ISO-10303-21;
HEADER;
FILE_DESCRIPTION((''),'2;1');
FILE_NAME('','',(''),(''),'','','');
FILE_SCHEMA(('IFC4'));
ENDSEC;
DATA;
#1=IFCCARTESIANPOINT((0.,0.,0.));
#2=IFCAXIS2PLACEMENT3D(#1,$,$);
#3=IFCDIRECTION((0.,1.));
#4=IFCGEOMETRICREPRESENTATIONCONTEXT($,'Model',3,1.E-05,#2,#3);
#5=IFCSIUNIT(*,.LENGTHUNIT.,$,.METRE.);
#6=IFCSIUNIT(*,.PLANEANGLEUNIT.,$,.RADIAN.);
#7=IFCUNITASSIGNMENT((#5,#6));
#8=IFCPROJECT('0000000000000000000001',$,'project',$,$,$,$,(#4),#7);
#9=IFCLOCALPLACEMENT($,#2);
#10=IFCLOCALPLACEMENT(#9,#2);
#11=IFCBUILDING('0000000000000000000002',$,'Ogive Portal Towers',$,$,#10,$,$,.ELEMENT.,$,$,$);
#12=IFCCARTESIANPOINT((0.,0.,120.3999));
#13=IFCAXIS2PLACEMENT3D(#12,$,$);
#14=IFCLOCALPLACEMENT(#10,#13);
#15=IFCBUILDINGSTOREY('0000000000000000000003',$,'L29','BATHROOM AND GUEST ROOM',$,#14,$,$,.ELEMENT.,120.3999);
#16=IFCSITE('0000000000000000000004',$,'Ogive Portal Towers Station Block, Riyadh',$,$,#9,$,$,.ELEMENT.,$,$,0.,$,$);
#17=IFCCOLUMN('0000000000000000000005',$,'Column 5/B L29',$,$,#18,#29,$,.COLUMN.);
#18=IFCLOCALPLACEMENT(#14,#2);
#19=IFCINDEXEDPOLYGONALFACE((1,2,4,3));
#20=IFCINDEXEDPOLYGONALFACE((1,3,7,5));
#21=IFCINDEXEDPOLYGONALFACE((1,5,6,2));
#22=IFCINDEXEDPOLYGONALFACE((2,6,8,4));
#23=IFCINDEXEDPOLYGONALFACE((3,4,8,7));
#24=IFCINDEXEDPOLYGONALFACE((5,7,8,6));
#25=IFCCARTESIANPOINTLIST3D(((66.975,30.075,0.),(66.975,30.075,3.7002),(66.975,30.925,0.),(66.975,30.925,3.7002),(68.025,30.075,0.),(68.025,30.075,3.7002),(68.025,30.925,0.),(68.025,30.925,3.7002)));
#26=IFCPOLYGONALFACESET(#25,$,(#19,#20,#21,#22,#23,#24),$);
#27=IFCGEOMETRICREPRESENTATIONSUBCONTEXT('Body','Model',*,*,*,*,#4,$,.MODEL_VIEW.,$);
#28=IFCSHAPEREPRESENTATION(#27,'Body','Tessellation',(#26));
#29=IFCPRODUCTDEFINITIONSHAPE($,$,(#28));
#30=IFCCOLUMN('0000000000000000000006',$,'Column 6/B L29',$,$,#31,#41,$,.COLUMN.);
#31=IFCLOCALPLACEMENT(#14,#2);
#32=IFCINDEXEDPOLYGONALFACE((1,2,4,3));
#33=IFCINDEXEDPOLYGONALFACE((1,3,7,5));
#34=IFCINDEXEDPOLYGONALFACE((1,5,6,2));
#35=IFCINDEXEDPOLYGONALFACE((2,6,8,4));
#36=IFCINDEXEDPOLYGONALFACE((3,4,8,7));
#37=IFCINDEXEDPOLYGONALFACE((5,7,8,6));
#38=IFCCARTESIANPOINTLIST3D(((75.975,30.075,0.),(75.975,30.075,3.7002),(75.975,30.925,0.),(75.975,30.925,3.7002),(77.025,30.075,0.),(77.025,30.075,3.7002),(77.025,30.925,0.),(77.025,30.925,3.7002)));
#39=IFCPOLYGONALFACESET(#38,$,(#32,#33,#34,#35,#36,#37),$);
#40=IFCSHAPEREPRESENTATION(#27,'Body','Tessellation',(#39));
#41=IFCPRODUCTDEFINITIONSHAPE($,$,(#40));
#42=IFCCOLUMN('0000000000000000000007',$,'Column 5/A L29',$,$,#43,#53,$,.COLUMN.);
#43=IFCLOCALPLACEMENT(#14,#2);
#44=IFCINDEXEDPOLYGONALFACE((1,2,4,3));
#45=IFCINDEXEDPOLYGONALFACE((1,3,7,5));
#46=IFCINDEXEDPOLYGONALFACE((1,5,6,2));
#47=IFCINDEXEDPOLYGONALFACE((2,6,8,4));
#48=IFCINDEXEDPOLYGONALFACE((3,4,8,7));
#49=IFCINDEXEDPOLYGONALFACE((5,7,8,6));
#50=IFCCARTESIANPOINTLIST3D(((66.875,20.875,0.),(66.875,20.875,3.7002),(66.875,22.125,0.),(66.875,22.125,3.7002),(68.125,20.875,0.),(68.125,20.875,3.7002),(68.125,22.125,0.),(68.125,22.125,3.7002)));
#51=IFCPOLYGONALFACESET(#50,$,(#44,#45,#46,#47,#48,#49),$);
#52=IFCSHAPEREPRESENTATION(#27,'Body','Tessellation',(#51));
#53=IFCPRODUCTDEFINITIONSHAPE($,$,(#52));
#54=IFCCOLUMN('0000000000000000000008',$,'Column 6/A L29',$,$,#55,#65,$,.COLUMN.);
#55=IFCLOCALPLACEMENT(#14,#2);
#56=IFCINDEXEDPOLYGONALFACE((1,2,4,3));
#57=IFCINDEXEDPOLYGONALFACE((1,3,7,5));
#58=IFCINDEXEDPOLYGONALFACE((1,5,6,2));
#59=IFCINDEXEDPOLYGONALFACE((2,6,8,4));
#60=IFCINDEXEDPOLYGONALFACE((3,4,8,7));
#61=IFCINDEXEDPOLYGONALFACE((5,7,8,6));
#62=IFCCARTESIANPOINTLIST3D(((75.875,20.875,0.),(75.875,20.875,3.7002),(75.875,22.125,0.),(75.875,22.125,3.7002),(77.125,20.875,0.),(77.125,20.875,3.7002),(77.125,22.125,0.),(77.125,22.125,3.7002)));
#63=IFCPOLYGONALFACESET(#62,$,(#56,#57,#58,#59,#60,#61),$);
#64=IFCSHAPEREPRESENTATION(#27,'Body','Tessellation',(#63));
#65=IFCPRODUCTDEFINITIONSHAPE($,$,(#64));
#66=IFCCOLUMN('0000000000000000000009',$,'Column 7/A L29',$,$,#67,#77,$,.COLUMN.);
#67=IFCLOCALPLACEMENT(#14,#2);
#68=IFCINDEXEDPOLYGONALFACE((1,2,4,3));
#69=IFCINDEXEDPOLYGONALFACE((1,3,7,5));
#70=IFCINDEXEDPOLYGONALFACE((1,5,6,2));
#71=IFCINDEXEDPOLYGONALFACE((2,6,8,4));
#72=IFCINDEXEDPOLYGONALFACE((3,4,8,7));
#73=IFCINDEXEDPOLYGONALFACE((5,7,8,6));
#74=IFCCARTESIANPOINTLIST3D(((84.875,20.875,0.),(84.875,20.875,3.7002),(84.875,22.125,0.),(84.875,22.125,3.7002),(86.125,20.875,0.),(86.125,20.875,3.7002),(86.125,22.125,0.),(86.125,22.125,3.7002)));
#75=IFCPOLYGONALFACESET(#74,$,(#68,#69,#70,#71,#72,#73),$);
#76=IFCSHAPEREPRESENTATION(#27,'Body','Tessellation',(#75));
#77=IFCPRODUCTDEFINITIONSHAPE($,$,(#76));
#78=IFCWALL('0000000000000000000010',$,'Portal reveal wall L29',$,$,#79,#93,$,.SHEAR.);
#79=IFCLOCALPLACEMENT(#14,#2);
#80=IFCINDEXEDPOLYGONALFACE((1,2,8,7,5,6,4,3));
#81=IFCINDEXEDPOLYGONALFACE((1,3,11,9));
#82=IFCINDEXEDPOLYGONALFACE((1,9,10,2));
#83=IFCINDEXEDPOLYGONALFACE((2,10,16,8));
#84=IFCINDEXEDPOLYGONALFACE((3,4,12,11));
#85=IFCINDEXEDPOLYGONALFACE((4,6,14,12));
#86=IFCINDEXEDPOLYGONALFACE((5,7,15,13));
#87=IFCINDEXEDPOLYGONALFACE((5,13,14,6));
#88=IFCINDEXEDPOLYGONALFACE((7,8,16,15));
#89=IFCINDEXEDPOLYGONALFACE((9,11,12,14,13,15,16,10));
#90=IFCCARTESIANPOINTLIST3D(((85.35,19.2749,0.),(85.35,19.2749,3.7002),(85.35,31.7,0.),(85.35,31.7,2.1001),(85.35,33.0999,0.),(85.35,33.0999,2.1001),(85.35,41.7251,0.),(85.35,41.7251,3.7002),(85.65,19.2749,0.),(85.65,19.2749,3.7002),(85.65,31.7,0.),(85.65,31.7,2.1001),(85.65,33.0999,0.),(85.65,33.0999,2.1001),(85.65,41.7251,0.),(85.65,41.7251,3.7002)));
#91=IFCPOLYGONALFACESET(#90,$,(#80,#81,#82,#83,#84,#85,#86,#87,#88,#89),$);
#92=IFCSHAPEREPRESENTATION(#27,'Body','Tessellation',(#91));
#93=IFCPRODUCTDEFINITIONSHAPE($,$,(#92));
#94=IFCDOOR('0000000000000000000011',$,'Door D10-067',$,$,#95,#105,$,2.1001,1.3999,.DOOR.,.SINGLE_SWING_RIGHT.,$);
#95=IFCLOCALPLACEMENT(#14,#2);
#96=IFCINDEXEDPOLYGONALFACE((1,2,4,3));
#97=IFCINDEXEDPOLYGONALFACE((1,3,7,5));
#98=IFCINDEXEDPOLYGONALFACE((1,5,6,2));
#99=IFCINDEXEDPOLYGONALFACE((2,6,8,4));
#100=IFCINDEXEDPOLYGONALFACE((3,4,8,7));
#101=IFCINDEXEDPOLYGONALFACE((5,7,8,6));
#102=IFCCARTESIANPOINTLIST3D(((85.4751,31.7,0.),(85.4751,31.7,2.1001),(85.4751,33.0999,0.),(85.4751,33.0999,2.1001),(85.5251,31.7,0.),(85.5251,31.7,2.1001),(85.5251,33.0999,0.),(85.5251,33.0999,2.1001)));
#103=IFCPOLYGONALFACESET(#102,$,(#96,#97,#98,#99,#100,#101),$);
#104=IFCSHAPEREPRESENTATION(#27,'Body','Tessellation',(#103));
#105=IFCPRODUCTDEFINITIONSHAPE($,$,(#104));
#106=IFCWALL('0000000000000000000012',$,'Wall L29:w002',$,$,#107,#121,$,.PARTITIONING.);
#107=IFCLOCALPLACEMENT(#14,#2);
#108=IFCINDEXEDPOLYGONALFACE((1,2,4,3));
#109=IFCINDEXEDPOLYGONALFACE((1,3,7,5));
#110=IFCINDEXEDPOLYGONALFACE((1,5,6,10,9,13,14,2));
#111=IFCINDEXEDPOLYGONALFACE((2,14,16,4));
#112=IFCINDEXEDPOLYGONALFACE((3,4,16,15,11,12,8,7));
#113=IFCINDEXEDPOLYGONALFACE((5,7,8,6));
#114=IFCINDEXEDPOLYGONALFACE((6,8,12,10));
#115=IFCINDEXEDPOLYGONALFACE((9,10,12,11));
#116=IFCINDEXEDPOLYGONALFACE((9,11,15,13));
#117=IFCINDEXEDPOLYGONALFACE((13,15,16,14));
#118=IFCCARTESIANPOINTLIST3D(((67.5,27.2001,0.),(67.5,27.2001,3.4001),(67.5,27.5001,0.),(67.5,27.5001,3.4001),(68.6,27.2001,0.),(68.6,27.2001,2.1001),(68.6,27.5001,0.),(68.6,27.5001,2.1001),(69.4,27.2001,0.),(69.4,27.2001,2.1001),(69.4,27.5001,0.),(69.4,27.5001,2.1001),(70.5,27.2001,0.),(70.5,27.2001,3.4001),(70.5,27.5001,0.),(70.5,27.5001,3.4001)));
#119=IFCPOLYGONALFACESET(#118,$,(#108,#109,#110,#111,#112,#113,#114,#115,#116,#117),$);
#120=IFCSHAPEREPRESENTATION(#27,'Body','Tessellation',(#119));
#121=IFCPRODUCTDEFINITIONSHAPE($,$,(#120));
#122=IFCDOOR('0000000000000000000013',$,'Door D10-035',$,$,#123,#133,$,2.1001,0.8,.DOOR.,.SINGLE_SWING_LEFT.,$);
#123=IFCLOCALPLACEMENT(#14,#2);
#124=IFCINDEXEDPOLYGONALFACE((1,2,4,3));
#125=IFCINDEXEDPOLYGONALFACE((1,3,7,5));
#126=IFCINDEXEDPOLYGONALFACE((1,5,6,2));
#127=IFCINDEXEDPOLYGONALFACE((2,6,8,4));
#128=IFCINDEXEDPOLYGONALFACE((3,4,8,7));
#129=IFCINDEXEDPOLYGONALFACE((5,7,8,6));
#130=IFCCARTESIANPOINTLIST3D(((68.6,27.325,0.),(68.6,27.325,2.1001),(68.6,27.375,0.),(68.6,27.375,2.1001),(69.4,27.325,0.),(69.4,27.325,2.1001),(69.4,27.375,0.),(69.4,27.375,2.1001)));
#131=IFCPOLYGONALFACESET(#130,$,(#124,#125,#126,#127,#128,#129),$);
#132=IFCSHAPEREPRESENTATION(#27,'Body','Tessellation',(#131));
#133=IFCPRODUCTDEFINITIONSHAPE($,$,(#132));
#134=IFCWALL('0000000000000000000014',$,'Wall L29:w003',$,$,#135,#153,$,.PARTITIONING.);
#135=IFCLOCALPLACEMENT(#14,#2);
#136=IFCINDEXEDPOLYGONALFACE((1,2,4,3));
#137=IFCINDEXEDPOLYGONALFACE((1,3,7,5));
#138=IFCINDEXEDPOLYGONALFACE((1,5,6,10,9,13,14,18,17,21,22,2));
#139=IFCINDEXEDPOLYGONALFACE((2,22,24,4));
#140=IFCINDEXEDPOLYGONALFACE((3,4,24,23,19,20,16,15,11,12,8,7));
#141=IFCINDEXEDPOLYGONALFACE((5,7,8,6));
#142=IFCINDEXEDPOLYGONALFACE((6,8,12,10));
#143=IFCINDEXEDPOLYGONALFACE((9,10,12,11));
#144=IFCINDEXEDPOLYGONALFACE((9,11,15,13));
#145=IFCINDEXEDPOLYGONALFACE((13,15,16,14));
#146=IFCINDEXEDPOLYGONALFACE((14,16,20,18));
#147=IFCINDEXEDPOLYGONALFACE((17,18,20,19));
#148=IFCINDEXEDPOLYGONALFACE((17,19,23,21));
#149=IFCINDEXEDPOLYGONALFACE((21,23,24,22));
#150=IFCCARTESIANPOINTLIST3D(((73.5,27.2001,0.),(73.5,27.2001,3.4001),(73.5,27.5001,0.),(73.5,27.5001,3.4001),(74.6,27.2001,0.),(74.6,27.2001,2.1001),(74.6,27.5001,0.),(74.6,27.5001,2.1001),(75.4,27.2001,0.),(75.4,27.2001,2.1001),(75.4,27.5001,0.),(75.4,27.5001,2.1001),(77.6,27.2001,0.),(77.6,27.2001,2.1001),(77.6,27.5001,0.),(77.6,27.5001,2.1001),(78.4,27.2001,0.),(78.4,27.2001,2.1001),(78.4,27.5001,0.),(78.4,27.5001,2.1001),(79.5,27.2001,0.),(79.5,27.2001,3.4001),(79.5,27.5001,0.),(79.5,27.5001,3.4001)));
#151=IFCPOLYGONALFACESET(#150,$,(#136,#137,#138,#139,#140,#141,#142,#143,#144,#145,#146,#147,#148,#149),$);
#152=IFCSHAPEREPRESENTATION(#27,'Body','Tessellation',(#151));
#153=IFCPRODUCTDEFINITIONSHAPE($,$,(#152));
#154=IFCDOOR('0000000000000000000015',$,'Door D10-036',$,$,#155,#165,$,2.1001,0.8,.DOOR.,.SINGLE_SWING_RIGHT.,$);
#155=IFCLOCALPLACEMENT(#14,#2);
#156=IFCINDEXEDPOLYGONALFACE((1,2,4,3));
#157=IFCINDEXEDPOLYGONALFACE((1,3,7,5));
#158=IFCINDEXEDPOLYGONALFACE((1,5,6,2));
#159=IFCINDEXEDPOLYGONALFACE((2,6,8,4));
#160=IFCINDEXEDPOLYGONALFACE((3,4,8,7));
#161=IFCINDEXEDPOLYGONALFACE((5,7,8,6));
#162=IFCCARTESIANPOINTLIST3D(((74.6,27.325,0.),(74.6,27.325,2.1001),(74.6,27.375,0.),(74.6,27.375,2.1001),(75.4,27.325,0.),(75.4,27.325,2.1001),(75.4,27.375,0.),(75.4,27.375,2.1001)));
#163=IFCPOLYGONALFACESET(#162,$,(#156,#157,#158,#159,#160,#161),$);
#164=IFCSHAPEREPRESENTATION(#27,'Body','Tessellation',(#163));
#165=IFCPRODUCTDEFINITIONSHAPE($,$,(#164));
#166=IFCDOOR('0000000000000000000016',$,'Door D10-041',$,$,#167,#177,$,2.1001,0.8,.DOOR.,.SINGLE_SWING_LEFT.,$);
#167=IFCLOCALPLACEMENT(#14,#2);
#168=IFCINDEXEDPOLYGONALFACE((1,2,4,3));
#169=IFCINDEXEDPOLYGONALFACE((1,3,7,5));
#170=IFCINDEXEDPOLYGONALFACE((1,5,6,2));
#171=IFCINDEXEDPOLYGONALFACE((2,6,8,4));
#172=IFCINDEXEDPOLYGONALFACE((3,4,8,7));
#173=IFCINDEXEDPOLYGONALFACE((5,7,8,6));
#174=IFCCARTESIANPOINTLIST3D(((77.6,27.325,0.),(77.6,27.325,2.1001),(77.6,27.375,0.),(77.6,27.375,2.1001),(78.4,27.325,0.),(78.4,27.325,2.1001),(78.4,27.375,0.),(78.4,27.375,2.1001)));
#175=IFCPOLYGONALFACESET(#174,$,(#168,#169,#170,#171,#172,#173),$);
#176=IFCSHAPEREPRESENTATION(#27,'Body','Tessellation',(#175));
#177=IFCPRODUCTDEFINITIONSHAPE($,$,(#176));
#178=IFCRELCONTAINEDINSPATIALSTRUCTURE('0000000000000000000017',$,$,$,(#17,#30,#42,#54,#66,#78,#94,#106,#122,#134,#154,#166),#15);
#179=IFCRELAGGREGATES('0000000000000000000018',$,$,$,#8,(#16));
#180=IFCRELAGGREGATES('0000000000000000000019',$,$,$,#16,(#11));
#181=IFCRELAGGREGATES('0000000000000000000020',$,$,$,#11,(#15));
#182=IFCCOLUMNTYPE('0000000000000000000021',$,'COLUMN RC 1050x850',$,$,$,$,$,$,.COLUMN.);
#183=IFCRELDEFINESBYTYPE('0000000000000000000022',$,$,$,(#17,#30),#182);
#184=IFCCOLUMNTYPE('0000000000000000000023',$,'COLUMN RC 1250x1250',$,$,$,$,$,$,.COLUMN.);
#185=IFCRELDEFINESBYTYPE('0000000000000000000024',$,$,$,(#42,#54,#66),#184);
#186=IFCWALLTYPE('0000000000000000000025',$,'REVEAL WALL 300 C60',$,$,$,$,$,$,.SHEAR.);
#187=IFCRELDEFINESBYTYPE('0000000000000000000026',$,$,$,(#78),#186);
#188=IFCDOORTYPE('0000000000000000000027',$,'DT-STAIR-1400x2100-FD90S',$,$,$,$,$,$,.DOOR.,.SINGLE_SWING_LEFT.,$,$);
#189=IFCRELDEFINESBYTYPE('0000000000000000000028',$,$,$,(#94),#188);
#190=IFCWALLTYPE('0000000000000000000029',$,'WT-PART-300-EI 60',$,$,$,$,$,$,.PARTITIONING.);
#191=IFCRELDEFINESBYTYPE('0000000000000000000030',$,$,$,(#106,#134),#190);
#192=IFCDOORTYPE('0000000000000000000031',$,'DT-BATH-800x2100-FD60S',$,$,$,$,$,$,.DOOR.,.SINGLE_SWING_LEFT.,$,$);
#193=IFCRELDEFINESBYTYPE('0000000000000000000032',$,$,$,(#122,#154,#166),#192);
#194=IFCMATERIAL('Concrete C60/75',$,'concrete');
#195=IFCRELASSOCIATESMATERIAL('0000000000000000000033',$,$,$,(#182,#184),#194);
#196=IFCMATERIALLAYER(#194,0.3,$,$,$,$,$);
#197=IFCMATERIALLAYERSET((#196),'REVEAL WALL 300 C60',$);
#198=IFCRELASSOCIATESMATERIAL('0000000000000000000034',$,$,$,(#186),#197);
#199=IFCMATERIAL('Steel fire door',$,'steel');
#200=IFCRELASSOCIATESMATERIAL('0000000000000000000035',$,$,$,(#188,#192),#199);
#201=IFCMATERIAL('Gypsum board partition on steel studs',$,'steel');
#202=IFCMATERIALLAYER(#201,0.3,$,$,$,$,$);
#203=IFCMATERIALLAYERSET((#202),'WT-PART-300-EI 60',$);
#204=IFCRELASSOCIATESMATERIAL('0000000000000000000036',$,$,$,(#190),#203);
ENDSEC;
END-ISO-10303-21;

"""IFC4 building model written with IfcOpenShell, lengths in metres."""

from ifc_helpers import new_model, si_unit, direction, frame, frame_2d, origin, origin_2d, place, context, subcontext, project, spatial, rectangle, extrude, material, layer, layer_set, material_profile, profile_set, type_object, element, fill, save


model = new_model("IFC4")

# Units and contexts
model_context = context("Model", 3, precision=1e-05, world=origin(), true_north=direction((0.0, 1.0)))
body_context = subcontext(model_context, "Body", "Model", "MODEL_VIEW")
ifc_project = project(units=[si_unit("LENGTHUNIT", "METRE"), si_unit("PLANEANGLEUNIT", "RADIAN")], contexts=[model_context])

# Site, building, storey
site_placement = place(None, origin())
site = spatial("IfcSite", under=ifc_project, at=site_placement, Name="Ogive Portal Towers Station Block, Riyadh", CompositionType="ELEMENT", RefElevation=0.0)
building_placement = place(site_placement, origin())
building = spatial("IfcBuilding", under=site, at=building_placement, Name="Ogive Portal Towers", CompositionType="ELEMENT")
storey_placement = place(building_placement, frame((0.0, 0.0, 120.3999)))
storey = spatial("IfcBuildingStorey", under=building, at=storey_placement, Name="L29", Description="BATHROOM AND GUEST ROOM", CompositionType="ELEMENT", Elevation=120.3999)

# Columns
ifc_material_1 = material(Name="Concrete C60/75", Category="concrete")
ifc_material_profile_1 = material_profile(ifc_material_1, rectangle(XDim=1.05, YDim=0.8501, at=origin_2d()), Name="RC 1050x850")
ifc_profile_set_1 = profile_set([ifc_material_profile_1], Name="Concrete C60/75")
column_type_1 = type_object("IfcColumnType", Name="COLUMN RC 1050x850", PredefinedType="COLUMN", material=ifc_profile_set_1)
for number, where, z_axis, x_axis, name in (
    (1, (67.5, 30.5, 0.0), (0.0, 0.0, 1.0), (1.0, 0.0, 0.0), "Column 5/B L29"),
    (2, (76.5, 30.5, 0.0), (0.0, 0.0, 1.0), (1.0, 0.0, 0.0), "Column 6/B L29"),
):
    element("IfcColumn", number, at=place(storey_placement, frame(where, z_axis=z_axis, x_axis=x_axis)), inside=storey, type_object=column_type_1, Name=name, PredefinedType="COLUMN", context=body_context, shape_type="SweptSolid", body=[
        extrude(rectangle(XDim=1.05, YDim=0.8501, at=origin_2d()), origin(), (0.0, 0.0, 1.0), 3.7002),
    ])
ifc_material_profile_2 = material_profile(ifc_material_1, rectangle(XDim=1.25, YDim=1.25, at=origin_2d()), Name="RC 1250x1250")
ifc_profile_set_2 = profile_set([ifc_material_profile_2], Name="Concrete C60/75")
column_type_2 = type_object("IfcColumnType", Name="COLUMN RC 1250x1250", PredefinedType="COLUMN", material=ifc_profile_set_2)
for number, where, z_axis, x_axis, name in (
    (3, (67.5, 21.5, 0.0), (0.0, 0.0, 1.0), (1.0, 0.0, 0.0), "Column 5/A L29"),
    (4, (76.5, 21.5, 0.0), (0.0, 0.0, 1.0), (1.0, 0.0, 0.0), "Column 6/A L29"),
    (5, (85.5, 21.5, 0.0), (0.0, 0.0, 1.0), (1.0, 0.0, 0.0), "Column 7/A L29"),
):
    element("IfcColumn", number, at=place(storey_placement, frame(where, z_axis=z_axis, x_axis=x_axis)), inside=storey, type_object=column_type_2, Name=name, PredefinedType="COLUMN", context=body_context, shape_type="SweptSolid", body=[
        extrude(rectangle(XDim=1.25, YDim=1.25, at=origin_2d()), origin(), (0.0, 0.0, 1.0), 3.7002),
    ])

# Walls, openings, doors
ifc_layer_1 = layer(ifc_material_1, 0.3)
ifc_layer_set_1 = layer_set([ifc_layer_1], Name="REVEAL WALL 300 C60")
wall_type_1 = type_object("IfcWallType", Name="REVEAL WALL 300 C60", PredefinedType="SHEAR", material=ifc_layer_set_1)
wall_1_placement = place(storey_placement, frame((85.5, 19.2749, 0.0), z_axis=(0.0, 0.0, 1.0), x_axis=(0.0, 1.0, 0.0)))
wall_1 = element("IfcWall", 6, at=wall_1_placement, inside=storey, type_object=wall_type_1, Name="Portal reveal wall L29", PredefinedType="SHEAR", context=body_context, shape_type="SweptSolid", body=[
    extrude(rectangle(XDim=22.4502, YDim=0.3, at=frame_2d((11.2251, 0.0))), origin(), (0.0, 0.0, 1.0), 3.7002),
])
opening_1_placement = place(wall_1_placement, frame((12.425, 0.0, 0.0)))
opening_1 = element("IfcOpeningElement", 7, at=opening_1_placement, cuts=wall_1, PredefinedType="OPENING", context=body_context, shape_type="SweptSolid", body=[
    extrude(rectangle(XDim=1.3999, YDim=2.1001, at=frame_2d((0.7, 1.05))), frame((0.0, 0.1602, 0.0), z_axis=(0.0, -1.0, 0.0), x_axis=(1.0, 0.0, 0.0)), (0.0, 0.0, 1.0), 0.3201),
])
ifc_material_2 = material(Name="Steel fire door", Category="steel")
door_type_1 = type_object("IfcDoorType", Name="DT-STAIR-1400x2100-FD90S", OperationType="SINGLE_SWING_LEFT", PredefinedType="DOOR", material=ifc_material_2)
door_1_placement = place(opening_1_placement, origin())
door_1 = element("IfcDoor", 8, at=door_1_placement, inside=storey, type_object=door_type_1, Name="Door D10-067", OperationType="SINGLE_SWING_RIGHT", OverallHeight=2.1001, OverallWidth=1.3999, PredefinedType="DOOR", context=body_context, shape_type="SweptSolid", body=[
    extrude(rectangle(XDim=1.3999, YDim=2.1001, at=frame_2d((0.7, 1.05))), frame((0.0, 0.0249, 0.0), z_axis=(0.0, -1.0, 0.0), x_axis=(1.0, 0.0, 0.0)), (0.0, 0.0, 1.0), 0.05),
])
fill(opening_1, door_1)
ifc_material_3 = material(Name="Gypsum board partition on steel studs", Category="steel")
ifc_layer_2 = layer(ifc_material_3, 0.3)
ifc_layer_set_2 = layer_set([ifc_layer_2], Name="WT-PART-300-EI 60")
wall_type_2 = type_object("IfcWallType", Name="WT-PART-300-EI 60", PredefinedType="PARTITIONING", material=ifc_layer_set_2)
wall_2_placement = place(storey_placement, frame((67.5, 27.3501, 0.0), z_axis=(0.0, 0.0, 1.0), x_axis=(1.0, 0.0, 0.0)))
wall_2 = element("IfcWall", 9, at=wall_2_placement, inside=storey, type_object=wall_type_2, Name="Wall L29:w002", PredefinedType="PARTITIONING", context=body_context, shape_type="SweptSolid", body=[
    extrude(rectangle(XDim=3.0, YDim=0.3, at=frame_2d((1.5, 0.0))), origin(), (0.0, 0.0, 1.0), 3.4001),
])
opening_2_placement = place(wall_2_placement, frame((1.1001, 0.0, 0.0)))
opening_2 = element("IfcOpeningElement", 10, at=opening_2_placement, cuts=wall_2, PredefinedType="OPENING", context=body_context, shape_type="SweptSolid", body=[
    extrude(rectangle(XDim=0.8, YDim=2.1001, at=frame_2d((0.3999, 1.05))), frame((0.0, 0.1602, 0.0), z_axis=(0.0, -1.0, 0.0), x_axis=(1.0, 0.0, 0.0)), (0.0, 0.0, 1.0), 0.3201),
])
door_type_2 = type_object("IfcDoorType", Name="DT-BATH-800x2100-FD60S", OperationType="SINGLE_SWING_LEFT", PredefinedType="DOOR", material=ifc_material_2)
door_2_placement = place(opening_2_placement, origin())
door_2 = element("IfcDoor", 11, at=door_2_placement, inside=storey, type_object=door_type_2, Name="Door D10-035", OperationType="SINGLE_SWING_LEFT", OverallHeight=2.1001, OverallWidth=0.8, PredefinedType="DOOR", context=body_context, shape_type="SweptSolid", body=[
    extrude(rectangle(XDim=0.8, YDim=2.1001, at=frame_2d((0.3999, 1.05))), frame((0.0, 0.0249, 0.0), z_axis=(0.0, -1.0, 0.0), x_axis=(1.0, 0.0, 0.0)), (0.0, 0.0, 1.0), 0.05),
])
fill(opening_2, door_2)

# Wall, openings, doors
wall_3_placement = place(storey_placement, frame((73.5, 27.3501, 0.0), z_axis=(0.0, 0.0, 1.0), x_axis=(1.0, 0.0, 0.0)))
wall_3 = element("IfcWall", 12, at=wall_3_placement, inside=storey, type_object=wall_type_2, Name="Wall L29:w003", PredefinedType="PARTITIONING", context=body_context, shape_type="SweptSolid", body=[
    extrude(rectangle(XDim=6.0, YDim=0.3, at=frame_2d((3.0, 0.0))), origin(), (0.0, 0.0, 1.0), 3.4001),
])
opening_3_placement = place(wall_3_placement, frame((1.1001, 0.0, 0.0)))
opening_3 = element("IfcOpeningElement", 13, at=opening_3_placement, cuts=wall_3, PredefinedType="OPENING", context=body_context, shape_type="SweptSolid", body=[
    extrude(rectangle(XDim=0.8, YDim=2.1001, at=frame_2d((0.3999, 1.05))), frame((0.0, 0.1602, 0.0), z_axis=(0.0, -1.0, 0.0), x_axis=(1.0, 0.0, 0.0)), (0.0, 0.0, 1.0), 0.3201),
])
opening_4_placement = place(wall_3_placement, frame((4.1001, 0.0, 0.0)))
opening_4 = element("IfcOpeningElement", 14, at=opening_4_placement, cuts=wall_3, PredefinedType="OPENING", context=body_context, shape_type="SweptSolid", body=[
    extrude(rectangle(XDim=0.8, YDim=2.1001, at=frame_2d((0.3999, 1.05))), frame((0.0, 0.1602, 0.0), z_axis=(0.0, -1.0, 0.0), x_axis=(1.0, 0.0, 0.0)), (0.0, 0.0, 1.0), 0.3201),
])
door_3_placement = place(opening_3_placement, origin())
door_3 = element("IfcDoor", 15, at=door_3_placement, inside=storey, type_object=door_type_2, Name="Door D10-036", OperationType="SINGLE_SWING_RIGHT", OverallHeight=2.1001, OverallWidth=0.8, PredefinedType="DOOR", context=body_context, shape_type="SweptSolid", body=[
    extrude(rectangle(XDim=0.8, YDim=2.1001, at=frame_2d((0.3999, 1.05))), frame((0.0, 0.0249, 0.0), z_axis=(0.0, -1.0, 0.0), x_axis=(1.0, 0.0, 0.0)), (0.0, 0.0, 1.0), 0.05),
])
fill(opening_3, door_3)
door_4_placement = place(opening_4_placement, origin())
door_4 = element("IfcDoor", 16, at=door_4_placement, inside=storey, type_object=door_type_2, Name="Door D10-041", OperationType="SINGLE_SWING_LEFT", OverallHeight=2.1001, OverallWidth=0.8, PredefinedType="DOOR", context=body_context, shape_type="SweptSolid", body=[
    extrude(rectangle(XDim=0.8, YDim=2.1001, at=frame_2d((0.3999, 1.05))), frame((0.0, 0.0249, 0.0), z_axis=(0.0, -1.0, 0.0), x_axis=(1.0, 0.0, 0.0)), (0.0, 0.0, 1.0), 0.05),
])
fill(opening_4, door_4)

save(model, "model.ifc")
